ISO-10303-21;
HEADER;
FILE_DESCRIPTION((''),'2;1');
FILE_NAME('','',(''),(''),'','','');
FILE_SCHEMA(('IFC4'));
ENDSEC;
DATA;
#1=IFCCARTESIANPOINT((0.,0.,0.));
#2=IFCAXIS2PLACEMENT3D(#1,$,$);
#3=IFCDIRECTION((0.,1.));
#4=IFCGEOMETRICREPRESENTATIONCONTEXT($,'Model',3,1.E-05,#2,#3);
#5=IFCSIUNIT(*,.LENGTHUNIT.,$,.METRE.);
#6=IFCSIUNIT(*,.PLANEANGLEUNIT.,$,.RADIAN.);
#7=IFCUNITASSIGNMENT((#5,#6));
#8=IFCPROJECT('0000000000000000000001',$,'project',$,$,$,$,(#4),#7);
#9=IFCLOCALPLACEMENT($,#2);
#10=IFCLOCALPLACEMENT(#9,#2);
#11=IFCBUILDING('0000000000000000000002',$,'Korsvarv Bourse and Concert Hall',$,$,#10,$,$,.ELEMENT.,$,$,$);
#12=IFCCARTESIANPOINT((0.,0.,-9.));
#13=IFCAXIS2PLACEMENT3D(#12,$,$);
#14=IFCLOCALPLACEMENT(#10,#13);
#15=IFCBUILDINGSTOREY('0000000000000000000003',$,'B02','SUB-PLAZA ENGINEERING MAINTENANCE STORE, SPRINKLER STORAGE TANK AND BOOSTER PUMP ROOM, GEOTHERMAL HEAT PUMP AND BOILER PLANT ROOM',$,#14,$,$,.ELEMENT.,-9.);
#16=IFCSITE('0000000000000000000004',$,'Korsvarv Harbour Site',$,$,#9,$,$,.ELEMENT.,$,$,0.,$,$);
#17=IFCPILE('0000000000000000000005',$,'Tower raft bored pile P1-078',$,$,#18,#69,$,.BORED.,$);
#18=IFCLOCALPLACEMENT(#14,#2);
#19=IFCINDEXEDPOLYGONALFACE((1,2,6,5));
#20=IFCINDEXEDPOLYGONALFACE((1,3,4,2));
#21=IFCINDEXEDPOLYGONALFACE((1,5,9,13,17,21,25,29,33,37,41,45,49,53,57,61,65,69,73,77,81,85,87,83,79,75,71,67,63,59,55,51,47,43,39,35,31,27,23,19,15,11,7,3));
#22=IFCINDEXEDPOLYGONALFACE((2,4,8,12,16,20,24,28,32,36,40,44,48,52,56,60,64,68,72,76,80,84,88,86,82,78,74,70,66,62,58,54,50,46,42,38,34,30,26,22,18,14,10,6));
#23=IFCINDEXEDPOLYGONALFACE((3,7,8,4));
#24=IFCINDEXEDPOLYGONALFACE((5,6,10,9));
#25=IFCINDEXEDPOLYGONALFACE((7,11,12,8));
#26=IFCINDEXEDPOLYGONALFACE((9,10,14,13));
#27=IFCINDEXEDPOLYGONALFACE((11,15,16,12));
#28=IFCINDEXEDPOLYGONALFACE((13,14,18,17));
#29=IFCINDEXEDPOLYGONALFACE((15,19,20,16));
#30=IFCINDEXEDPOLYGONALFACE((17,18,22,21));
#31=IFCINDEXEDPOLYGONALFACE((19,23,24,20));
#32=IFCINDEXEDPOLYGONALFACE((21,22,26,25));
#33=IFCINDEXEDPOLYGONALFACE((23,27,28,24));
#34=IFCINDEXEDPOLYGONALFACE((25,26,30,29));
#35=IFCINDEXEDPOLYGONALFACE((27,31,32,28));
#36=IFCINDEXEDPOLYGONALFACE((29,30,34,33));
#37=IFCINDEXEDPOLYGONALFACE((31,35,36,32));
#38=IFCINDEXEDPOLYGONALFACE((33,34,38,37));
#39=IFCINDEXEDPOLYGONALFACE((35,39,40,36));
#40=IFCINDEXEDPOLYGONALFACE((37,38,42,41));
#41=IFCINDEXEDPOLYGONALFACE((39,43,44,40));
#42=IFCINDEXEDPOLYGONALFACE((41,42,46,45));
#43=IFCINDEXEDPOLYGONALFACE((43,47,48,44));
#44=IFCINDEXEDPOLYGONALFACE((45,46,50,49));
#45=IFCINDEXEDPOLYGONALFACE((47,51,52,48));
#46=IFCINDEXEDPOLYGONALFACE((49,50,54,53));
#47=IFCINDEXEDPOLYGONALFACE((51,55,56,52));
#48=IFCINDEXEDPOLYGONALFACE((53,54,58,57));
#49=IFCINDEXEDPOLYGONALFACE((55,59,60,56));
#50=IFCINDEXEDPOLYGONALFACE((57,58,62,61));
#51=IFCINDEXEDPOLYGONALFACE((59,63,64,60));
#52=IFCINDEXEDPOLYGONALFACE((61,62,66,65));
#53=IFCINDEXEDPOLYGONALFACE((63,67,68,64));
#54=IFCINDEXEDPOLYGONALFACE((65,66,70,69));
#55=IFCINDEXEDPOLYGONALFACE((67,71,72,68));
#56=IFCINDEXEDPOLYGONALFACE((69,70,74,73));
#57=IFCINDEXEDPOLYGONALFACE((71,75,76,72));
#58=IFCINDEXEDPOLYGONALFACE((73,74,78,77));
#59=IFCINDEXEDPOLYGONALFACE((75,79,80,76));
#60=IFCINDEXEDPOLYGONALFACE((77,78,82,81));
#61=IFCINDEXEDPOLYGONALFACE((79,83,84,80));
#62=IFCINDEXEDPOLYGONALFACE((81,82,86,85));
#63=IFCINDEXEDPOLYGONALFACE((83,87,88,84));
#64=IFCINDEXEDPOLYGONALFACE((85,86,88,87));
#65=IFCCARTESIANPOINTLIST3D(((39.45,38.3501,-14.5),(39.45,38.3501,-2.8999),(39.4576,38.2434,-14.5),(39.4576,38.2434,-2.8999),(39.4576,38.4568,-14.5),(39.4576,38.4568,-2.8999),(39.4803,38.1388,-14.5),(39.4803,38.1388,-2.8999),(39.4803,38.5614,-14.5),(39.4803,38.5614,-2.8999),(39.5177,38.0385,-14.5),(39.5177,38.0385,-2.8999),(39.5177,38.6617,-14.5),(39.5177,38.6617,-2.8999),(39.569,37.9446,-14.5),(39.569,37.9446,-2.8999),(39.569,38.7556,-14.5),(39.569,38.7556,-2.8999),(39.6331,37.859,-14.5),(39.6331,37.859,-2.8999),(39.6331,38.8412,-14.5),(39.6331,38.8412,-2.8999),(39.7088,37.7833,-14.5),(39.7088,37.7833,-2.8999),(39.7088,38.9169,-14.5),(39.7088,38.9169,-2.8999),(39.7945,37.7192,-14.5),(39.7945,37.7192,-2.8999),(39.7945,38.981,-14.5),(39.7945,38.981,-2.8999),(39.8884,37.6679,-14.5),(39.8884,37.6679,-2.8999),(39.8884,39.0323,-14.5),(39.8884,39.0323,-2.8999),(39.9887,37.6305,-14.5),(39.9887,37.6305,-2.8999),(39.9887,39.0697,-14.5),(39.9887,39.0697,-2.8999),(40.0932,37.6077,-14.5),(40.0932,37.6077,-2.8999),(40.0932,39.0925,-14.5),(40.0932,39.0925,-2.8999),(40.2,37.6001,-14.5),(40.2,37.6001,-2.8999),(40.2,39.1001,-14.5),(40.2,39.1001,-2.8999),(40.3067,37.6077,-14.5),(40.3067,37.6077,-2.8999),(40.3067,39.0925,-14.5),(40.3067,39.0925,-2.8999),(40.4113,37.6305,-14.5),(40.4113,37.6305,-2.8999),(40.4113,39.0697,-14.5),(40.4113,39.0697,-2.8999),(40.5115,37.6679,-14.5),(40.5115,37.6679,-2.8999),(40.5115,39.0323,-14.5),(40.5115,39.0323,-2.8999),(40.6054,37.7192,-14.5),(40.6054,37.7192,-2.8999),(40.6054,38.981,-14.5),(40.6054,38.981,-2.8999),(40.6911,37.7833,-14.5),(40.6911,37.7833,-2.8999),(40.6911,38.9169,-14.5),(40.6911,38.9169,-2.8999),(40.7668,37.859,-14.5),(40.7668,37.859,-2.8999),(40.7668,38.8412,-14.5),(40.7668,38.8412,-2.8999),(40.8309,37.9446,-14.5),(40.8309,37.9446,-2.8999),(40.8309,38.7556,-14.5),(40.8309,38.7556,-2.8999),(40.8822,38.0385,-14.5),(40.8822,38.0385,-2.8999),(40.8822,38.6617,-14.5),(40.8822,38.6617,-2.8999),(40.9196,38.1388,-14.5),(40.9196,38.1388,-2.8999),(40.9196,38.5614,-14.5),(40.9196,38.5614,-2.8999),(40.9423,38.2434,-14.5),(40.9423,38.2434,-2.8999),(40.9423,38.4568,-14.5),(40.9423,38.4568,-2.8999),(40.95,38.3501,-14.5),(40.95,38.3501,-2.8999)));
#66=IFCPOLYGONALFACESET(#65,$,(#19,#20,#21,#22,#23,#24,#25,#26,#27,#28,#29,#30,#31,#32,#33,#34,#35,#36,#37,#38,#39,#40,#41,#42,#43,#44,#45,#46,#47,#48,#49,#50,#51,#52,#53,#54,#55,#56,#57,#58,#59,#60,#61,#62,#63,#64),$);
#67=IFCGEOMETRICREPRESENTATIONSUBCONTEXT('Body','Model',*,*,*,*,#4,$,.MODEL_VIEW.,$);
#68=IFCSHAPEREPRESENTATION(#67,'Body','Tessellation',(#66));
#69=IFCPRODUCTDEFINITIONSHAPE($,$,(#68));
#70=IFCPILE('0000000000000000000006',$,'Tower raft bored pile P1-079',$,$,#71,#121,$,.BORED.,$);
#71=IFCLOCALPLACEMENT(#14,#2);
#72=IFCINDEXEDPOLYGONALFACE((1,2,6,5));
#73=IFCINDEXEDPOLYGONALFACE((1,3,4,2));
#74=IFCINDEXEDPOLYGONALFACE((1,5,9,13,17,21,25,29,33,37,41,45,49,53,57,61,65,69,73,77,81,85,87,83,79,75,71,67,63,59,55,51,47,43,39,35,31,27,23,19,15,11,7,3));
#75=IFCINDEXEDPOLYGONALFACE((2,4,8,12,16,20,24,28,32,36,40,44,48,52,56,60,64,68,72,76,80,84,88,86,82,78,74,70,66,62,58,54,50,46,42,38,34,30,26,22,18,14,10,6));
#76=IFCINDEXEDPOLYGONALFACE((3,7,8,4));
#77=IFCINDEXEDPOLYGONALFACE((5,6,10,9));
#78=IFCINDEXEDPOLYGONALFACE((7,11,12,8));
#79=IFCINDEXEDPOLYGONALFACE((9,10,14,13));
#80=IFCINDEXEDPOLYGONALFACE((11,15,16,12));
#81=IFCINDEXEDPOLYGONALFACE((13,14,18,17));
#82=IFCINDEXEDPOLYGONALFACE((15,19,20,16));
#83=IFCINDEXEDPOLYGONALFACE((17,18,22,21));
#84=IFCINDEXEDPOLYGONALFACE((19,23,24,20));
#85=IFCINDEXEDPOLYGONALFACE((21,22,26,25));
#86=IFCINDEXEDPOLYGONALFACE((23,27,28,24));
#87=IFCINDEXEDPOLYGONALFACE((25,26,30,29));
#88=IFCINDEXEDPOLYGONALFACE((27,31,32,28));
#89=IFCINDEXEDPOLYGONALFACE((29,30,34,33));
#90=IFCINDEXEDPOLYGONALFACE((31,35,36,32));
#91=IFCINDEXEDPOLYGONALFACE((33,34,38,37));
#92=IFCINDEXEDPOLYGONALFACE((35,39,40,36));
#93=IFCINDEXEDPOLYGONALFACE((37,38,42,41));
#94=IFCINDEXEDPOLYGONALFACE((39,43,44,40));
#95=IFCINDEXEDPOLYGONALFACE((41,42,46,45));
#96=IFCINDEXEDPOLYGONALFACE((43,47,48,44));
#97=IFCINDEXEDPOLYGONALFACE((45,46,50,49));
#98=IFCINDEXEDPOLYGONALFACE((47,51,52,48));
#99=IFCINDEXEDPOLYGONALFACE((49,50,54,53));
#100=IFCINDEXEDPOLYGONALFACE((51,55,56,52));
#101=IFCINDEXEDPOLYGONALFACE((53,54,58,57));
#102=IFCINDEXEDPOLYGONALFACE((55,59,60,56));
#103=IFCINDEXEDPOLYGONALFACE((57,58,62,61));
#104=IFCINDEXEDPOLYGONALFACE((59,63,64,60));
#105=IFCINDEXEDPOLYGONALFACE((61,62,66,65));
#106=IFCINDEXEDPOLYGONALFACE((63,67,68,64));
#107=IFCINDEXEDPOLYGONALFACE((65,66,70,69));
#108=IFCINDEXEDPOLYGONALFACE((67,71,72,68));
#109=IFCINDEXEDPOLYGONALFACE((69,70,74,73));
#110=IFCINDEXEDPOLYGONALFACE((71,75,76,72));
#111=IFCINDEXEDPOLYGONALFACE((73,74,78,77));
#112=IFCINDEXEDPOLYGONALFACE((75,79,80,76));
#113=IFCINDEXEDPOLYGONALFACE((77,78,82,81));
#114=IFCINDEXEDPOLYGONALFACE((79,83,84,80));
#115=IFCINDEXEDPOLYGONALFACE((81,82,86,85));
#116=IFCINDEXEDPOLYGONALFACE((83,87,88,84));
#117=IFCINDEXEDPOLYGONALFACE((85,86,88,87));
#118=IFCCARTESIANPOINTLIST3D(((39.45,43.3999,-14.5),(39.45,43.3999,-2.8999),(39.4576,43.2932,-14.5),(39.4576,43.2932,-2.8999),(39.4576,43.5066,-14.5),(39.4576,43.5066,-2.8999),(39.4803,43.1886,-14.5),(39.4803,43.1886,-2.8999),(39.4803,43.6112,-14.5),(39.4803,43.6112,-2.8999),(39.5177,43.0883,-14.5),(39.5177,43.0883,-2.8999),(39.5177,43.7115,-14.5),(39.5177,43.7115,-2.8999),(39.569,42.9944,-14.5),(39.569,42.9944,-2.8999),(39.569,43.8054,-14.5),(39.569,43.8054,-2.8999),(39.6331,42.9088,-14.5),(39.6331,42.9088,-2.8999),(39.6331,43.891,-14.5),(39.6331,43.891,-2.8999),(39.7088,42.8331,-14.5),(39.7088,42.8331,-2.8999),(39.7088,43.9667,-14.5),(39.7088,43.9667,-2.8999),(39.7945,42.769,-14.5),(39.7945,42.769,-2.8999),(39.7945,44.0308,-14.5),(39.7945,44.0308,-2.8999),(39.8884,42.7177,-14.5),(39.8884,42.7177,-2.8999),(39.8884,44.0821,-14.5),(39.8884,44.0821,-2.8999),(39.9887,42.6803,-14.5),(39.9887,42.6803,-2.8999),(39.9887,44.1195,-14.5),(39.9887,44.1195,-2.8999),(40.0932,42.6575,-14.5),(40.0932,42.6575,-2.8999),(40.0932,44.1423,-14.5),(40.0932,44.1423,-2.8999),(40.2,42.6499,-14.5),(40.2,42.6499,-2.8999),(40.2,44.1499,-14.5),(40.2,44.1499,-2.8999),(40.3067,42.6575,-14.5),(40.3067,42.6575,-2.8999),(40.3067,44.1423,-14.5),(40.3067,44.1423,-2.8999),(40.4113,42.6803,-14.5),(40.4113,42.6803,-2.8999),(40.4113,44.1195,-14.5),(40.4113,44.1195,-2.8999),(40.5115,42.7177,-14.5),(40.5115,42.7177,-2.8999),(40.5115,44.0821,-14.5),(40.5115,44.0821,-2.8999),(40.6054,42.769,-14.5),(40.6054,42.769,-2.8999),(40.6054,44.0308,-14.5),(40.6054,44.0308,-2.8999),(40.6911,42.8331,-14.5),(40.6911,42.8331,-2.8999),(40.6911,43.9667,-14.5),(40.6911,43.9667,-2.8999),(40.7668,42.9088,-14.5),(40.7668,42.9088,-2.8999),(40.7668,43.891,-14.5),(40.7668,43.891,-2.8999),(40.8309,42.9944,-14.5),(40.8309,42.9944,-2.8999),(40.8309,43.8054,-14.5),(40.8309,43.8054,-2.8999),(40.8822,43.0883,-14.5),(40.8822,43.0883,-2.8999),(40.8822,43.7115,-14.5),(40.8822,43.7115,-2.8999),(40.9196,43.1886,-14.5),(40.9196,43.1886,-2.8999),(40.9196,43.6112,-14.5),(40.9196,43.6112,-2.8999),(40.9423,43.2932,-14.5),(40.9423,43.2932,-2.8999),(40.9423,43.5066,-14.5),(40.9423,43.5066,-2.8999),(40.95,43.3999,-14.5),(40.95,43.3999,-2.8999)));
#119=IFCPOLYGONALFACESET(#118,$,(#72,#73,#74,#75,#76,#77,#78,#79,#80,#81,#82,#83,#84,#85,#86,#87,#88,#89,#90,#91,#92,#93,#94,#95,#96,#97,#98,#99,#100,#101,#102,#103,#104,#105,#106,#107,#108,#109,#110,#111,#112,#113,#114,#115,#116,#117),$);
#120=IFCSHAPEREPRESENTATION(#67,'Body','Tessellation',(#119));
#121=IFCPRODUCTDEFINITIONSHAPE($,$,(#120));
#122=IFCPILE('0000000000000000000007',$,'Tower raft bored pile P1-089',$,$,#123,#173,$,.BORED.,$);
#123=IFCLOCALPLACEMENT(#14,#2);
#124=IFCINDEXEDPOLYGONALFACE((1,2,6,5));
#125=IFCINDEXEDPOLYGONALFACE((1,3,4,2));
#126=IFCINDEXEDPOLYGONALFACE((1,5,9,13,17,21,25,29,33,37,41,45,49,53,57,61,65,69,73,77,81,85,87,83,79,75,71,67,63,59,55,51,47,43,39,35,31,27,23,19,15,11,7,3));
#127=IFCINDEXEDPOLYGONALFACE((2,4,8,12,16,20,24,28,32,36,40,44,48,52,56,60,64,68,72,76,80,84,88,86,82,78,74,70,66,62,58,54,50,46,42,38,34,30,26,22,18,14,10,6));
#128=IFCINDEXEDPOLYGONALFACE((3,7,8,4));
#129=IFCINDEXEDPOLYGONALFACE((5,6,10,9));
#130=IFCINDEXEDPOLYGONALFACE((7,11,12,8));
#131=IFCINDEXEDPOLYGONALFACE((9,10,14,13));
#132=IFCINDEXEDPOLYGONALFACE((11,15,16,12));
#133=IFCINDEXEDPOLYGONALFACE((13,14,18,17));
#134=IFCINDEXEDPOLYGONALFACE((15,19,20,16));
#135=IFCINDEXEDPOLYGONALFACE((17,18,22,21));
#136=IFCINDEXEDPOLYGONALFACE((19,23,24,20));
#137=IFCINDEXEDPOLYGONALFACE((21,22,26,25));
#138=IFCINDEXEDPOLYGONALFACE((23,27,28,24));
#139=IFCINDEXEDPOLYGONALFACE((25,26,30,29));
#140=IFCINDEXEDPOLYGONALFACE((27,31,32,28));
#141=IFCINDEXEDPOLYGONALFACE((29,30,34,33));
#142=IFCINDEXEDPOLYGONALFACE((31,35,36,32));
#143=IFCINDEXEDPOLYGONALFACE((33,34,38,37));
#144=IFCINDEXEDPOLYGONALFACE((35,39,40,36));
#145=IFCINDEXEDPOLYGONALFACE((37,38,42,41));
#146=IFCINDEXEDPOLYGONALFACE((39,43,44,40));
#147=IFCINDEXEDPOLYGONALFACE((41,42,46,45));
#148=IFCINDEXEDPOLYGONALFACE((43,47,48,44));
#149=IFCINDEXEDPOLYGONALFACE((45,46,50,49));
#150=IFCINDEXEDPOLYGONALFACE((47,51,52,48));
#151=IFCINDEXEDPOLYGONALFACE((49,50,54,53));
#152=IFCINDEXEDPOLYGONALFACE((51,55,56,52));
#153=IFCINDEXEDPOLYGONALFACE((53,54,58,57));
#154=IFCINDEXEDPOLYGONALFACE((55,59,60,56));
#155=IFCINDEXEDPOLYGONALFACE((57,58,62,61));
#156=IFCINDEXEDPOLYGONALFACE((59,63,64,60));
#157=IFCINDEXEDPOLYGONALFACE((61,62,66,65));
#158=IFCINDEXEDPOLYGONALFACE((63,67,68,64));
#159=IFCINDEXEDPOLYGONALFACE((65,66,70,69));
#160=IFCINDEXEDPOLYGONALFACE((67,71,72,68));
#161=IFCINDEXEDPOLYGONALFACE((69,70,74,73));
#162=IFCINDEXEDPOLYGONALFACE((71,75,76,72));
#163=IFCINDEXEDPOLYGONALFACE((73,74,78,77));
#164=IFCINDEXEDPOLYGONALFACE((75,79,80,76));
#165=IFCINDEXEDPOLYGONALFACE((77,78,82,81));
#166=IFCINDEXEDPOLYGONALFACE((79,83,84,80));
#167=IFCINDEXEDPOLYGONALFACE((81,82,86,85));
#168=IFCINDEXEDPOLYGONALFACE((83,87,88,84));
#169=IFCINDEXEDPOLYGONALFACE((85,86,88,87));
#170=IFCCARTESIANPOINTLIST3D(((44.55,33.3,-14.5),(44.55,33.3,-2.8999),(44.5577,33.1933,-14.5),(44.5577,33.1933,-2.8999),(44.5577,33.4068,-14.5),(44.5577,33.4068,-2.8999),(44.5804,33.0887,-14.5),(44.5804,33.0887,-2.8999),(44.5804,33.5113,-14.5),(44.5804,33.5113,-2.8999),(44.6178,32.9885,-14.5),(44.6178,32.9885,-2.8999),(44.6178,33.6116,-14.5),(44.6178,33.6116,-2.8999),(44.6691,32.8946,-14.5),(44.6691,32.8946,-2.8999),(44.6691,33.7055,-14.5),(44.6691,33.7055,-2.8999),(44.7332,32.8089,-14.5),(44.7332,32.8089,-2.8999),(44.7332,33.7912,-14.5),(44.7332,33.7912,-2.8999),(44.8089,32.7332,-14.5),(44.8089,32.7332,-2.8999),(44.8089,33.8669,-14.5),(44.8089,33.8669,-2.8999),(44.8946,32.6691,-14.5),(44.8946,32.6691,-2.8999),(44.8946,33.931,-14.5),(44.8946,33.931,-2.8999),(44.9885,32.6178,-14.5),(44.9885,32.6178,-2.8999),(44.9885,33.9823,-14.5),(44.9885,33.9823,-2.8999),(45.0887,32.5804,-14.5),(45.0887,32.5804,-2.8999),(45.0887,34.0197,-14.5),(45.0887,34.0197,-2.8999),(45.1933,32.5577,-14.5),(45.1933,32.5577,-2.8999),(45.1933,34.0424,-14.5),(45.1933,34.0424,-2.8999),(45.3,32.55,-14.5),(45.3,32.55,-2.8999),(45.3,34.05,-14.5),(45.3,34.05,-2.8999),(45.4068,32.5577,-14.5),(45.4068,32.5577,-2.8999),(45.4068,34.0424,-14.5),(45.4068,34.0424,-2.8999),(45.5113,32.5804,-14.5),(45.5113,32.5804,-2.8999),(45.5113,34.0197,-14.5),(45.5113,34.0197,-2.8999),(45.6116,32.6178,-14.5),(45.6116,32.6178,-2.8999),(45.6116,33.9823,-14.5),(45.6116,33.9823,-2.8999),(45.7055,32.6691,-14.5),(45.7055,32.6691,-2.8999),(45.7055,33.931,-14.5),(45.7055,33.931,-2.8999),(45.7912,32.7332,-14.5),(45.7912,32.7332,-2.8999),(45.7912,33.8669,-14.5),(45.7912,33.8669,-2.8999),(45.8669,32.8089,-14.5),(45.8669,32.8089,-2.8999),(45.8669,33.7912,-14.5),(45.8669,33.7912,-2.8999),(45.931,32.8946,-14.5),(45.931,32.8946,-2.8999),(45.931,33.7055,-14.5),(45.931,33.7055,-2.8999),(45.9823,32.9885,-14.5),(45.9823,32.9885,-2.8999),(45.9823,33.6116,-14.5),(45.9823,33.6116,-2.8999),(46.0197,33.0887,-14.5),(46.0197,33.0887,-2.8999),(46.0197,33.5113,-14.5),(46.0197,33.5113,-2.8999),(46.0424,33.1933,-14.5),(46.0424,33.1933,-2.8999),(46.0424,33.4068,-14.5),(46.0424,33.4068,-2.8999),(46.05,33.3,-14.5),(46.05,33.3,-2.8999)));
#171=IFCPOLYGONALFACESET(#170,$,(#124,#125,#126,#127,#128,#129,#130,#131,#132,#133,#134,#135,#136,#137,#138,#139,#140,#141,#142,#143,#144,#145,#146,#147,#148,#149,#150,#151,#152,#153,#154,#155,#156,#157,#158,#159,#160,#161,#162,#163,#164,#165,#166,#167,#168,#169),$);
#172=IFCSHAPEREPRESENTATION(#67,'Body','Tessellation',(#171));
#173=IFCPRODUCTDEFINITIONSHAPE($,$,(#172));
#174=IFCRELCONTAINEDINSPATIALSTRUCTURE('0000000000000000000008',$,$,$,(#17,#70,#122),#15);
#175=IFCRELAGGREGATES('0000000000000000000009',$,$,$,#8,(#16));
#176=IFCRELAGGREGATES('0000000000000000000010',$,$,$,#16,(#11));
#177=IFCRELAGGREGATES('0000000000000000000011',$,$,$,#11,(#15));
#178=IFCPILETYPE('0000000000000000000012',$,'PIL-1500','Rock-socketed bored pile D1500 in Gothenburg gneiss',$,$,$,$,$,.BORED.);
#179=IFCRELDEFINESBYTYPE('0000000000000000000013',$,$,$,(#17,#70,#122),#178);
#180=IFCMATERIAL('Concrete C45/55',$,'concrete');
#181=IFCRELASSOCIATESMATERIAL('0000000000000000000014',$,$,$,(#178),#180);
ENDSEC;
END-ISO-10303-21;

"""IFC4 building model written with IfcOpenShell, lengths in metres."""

from ifc_helpers import new_model, si_unit, direction, frame, origin, origin_2d, place, context, subcontext, project, spatial, circle, extrude, source, transform, mapped, material, material_profile, profile_set, type_object, element, save


model = new_model("IFC4")

# Units and contexts
model_context = context("Model", 3, precision=1e-05, world=origin(), true_north=direction((0.0, 1.0)))
body_context = subcontext(model_context, "Body", "Model", "MODEL_VIEW")
ifc_project = project(units=[si_unit("LENGTHUNIT", "METRE"), si_unit("PLANEANGLEUNIT", "RADIAN")], contexts=[model_context])

# Site, building, storey
site_placement = place(None, origin())
site = spatial("IfcSite", under=ifc_project, at=site_placement, Name="Korsvarv Harbour Site", CompositionType="ELEMENT", RefElevation=0.0)
building_placement = place(site_placement, origin())
building = spatial("IfcBuilding", under=site, at=building_placement, Name="Korsvarv Bourse and Concert Hall", CompositionType="ELEMENT")
storey_placement = place(building_placement, frame((0.0, 0.0, -9.0)))
storey = spatial("IfcBuildingStorey", under=building, at=storey_placement, Name="B02", Description="SUB-PLAZA ENGINEERING MAINTENANCE STORE, SPRINKLER STORAGE TANK AND BOOSTER PUMP ROOM, GEOTHERMAL HEAT PUMP AND BOILER PLANT ROOM", CompositionType="ELEMENT", Elevation=-9.0)

# Piles
ifc_material_1 = material(Name="Concrete C45/55", Category="concrete")
ifc_material_profile_1 = material_profile(ifc_material_1, circle(Radius=0.75, at=origin_2d()), Name="PILE D1500")
ifc_profile_set_1 = profile_set([ifc_material_profile_1], Name="Concrete C45/55")
pile_type = type_object("IfcPileType", Name="PIL-1500", Description="Rock-socketed bored pile D1500 in Gothenburg gneiss", PredefinedType="BORED", material=ifc_profile_set_1)
shared_shape_1 = source(origin(), body_context, "Body", "SweptSolid", [
    extrude(circle(Radius=0.75, at=origin_2d()), origin(), (0.0, 0.0, 1.0), 11.6001),
])
for number, where, z_axis, x_axis, name in (
    (1, (40.2, 38.3501, -2.8999), (0.0, 0.0, -1.0), (1.0, 0.0, 0.0), "Tower raft bored pile P1-078"),
    (2, (40.2, 43.3999, -2.8999), (0.0, 0.0, -1.0), (1.0, 0.0, 0.0), "Tower raft bored pile P1-079"),
    (3, (45.3, 33.3, -2.8999), (0.0, 0.0, -1.0), (1.0, 0.0, 0.0), "Tower raft bored pile P1-089"),
):
    element("IfcPile", number, at=place(storey_placement, frame(where, z_axis=z_axis, x_axis=x_axis)), inside=storey, type_object=pile_type, Name=name, PredefinedType="BORED", context=body_context, shape_type="MappedRepresentation", body=[
        mapped(shared_shape_1, transform((0.0, 0.0, 0.0), scale=1.0)),
    ])

save(model, "model.ifc")
